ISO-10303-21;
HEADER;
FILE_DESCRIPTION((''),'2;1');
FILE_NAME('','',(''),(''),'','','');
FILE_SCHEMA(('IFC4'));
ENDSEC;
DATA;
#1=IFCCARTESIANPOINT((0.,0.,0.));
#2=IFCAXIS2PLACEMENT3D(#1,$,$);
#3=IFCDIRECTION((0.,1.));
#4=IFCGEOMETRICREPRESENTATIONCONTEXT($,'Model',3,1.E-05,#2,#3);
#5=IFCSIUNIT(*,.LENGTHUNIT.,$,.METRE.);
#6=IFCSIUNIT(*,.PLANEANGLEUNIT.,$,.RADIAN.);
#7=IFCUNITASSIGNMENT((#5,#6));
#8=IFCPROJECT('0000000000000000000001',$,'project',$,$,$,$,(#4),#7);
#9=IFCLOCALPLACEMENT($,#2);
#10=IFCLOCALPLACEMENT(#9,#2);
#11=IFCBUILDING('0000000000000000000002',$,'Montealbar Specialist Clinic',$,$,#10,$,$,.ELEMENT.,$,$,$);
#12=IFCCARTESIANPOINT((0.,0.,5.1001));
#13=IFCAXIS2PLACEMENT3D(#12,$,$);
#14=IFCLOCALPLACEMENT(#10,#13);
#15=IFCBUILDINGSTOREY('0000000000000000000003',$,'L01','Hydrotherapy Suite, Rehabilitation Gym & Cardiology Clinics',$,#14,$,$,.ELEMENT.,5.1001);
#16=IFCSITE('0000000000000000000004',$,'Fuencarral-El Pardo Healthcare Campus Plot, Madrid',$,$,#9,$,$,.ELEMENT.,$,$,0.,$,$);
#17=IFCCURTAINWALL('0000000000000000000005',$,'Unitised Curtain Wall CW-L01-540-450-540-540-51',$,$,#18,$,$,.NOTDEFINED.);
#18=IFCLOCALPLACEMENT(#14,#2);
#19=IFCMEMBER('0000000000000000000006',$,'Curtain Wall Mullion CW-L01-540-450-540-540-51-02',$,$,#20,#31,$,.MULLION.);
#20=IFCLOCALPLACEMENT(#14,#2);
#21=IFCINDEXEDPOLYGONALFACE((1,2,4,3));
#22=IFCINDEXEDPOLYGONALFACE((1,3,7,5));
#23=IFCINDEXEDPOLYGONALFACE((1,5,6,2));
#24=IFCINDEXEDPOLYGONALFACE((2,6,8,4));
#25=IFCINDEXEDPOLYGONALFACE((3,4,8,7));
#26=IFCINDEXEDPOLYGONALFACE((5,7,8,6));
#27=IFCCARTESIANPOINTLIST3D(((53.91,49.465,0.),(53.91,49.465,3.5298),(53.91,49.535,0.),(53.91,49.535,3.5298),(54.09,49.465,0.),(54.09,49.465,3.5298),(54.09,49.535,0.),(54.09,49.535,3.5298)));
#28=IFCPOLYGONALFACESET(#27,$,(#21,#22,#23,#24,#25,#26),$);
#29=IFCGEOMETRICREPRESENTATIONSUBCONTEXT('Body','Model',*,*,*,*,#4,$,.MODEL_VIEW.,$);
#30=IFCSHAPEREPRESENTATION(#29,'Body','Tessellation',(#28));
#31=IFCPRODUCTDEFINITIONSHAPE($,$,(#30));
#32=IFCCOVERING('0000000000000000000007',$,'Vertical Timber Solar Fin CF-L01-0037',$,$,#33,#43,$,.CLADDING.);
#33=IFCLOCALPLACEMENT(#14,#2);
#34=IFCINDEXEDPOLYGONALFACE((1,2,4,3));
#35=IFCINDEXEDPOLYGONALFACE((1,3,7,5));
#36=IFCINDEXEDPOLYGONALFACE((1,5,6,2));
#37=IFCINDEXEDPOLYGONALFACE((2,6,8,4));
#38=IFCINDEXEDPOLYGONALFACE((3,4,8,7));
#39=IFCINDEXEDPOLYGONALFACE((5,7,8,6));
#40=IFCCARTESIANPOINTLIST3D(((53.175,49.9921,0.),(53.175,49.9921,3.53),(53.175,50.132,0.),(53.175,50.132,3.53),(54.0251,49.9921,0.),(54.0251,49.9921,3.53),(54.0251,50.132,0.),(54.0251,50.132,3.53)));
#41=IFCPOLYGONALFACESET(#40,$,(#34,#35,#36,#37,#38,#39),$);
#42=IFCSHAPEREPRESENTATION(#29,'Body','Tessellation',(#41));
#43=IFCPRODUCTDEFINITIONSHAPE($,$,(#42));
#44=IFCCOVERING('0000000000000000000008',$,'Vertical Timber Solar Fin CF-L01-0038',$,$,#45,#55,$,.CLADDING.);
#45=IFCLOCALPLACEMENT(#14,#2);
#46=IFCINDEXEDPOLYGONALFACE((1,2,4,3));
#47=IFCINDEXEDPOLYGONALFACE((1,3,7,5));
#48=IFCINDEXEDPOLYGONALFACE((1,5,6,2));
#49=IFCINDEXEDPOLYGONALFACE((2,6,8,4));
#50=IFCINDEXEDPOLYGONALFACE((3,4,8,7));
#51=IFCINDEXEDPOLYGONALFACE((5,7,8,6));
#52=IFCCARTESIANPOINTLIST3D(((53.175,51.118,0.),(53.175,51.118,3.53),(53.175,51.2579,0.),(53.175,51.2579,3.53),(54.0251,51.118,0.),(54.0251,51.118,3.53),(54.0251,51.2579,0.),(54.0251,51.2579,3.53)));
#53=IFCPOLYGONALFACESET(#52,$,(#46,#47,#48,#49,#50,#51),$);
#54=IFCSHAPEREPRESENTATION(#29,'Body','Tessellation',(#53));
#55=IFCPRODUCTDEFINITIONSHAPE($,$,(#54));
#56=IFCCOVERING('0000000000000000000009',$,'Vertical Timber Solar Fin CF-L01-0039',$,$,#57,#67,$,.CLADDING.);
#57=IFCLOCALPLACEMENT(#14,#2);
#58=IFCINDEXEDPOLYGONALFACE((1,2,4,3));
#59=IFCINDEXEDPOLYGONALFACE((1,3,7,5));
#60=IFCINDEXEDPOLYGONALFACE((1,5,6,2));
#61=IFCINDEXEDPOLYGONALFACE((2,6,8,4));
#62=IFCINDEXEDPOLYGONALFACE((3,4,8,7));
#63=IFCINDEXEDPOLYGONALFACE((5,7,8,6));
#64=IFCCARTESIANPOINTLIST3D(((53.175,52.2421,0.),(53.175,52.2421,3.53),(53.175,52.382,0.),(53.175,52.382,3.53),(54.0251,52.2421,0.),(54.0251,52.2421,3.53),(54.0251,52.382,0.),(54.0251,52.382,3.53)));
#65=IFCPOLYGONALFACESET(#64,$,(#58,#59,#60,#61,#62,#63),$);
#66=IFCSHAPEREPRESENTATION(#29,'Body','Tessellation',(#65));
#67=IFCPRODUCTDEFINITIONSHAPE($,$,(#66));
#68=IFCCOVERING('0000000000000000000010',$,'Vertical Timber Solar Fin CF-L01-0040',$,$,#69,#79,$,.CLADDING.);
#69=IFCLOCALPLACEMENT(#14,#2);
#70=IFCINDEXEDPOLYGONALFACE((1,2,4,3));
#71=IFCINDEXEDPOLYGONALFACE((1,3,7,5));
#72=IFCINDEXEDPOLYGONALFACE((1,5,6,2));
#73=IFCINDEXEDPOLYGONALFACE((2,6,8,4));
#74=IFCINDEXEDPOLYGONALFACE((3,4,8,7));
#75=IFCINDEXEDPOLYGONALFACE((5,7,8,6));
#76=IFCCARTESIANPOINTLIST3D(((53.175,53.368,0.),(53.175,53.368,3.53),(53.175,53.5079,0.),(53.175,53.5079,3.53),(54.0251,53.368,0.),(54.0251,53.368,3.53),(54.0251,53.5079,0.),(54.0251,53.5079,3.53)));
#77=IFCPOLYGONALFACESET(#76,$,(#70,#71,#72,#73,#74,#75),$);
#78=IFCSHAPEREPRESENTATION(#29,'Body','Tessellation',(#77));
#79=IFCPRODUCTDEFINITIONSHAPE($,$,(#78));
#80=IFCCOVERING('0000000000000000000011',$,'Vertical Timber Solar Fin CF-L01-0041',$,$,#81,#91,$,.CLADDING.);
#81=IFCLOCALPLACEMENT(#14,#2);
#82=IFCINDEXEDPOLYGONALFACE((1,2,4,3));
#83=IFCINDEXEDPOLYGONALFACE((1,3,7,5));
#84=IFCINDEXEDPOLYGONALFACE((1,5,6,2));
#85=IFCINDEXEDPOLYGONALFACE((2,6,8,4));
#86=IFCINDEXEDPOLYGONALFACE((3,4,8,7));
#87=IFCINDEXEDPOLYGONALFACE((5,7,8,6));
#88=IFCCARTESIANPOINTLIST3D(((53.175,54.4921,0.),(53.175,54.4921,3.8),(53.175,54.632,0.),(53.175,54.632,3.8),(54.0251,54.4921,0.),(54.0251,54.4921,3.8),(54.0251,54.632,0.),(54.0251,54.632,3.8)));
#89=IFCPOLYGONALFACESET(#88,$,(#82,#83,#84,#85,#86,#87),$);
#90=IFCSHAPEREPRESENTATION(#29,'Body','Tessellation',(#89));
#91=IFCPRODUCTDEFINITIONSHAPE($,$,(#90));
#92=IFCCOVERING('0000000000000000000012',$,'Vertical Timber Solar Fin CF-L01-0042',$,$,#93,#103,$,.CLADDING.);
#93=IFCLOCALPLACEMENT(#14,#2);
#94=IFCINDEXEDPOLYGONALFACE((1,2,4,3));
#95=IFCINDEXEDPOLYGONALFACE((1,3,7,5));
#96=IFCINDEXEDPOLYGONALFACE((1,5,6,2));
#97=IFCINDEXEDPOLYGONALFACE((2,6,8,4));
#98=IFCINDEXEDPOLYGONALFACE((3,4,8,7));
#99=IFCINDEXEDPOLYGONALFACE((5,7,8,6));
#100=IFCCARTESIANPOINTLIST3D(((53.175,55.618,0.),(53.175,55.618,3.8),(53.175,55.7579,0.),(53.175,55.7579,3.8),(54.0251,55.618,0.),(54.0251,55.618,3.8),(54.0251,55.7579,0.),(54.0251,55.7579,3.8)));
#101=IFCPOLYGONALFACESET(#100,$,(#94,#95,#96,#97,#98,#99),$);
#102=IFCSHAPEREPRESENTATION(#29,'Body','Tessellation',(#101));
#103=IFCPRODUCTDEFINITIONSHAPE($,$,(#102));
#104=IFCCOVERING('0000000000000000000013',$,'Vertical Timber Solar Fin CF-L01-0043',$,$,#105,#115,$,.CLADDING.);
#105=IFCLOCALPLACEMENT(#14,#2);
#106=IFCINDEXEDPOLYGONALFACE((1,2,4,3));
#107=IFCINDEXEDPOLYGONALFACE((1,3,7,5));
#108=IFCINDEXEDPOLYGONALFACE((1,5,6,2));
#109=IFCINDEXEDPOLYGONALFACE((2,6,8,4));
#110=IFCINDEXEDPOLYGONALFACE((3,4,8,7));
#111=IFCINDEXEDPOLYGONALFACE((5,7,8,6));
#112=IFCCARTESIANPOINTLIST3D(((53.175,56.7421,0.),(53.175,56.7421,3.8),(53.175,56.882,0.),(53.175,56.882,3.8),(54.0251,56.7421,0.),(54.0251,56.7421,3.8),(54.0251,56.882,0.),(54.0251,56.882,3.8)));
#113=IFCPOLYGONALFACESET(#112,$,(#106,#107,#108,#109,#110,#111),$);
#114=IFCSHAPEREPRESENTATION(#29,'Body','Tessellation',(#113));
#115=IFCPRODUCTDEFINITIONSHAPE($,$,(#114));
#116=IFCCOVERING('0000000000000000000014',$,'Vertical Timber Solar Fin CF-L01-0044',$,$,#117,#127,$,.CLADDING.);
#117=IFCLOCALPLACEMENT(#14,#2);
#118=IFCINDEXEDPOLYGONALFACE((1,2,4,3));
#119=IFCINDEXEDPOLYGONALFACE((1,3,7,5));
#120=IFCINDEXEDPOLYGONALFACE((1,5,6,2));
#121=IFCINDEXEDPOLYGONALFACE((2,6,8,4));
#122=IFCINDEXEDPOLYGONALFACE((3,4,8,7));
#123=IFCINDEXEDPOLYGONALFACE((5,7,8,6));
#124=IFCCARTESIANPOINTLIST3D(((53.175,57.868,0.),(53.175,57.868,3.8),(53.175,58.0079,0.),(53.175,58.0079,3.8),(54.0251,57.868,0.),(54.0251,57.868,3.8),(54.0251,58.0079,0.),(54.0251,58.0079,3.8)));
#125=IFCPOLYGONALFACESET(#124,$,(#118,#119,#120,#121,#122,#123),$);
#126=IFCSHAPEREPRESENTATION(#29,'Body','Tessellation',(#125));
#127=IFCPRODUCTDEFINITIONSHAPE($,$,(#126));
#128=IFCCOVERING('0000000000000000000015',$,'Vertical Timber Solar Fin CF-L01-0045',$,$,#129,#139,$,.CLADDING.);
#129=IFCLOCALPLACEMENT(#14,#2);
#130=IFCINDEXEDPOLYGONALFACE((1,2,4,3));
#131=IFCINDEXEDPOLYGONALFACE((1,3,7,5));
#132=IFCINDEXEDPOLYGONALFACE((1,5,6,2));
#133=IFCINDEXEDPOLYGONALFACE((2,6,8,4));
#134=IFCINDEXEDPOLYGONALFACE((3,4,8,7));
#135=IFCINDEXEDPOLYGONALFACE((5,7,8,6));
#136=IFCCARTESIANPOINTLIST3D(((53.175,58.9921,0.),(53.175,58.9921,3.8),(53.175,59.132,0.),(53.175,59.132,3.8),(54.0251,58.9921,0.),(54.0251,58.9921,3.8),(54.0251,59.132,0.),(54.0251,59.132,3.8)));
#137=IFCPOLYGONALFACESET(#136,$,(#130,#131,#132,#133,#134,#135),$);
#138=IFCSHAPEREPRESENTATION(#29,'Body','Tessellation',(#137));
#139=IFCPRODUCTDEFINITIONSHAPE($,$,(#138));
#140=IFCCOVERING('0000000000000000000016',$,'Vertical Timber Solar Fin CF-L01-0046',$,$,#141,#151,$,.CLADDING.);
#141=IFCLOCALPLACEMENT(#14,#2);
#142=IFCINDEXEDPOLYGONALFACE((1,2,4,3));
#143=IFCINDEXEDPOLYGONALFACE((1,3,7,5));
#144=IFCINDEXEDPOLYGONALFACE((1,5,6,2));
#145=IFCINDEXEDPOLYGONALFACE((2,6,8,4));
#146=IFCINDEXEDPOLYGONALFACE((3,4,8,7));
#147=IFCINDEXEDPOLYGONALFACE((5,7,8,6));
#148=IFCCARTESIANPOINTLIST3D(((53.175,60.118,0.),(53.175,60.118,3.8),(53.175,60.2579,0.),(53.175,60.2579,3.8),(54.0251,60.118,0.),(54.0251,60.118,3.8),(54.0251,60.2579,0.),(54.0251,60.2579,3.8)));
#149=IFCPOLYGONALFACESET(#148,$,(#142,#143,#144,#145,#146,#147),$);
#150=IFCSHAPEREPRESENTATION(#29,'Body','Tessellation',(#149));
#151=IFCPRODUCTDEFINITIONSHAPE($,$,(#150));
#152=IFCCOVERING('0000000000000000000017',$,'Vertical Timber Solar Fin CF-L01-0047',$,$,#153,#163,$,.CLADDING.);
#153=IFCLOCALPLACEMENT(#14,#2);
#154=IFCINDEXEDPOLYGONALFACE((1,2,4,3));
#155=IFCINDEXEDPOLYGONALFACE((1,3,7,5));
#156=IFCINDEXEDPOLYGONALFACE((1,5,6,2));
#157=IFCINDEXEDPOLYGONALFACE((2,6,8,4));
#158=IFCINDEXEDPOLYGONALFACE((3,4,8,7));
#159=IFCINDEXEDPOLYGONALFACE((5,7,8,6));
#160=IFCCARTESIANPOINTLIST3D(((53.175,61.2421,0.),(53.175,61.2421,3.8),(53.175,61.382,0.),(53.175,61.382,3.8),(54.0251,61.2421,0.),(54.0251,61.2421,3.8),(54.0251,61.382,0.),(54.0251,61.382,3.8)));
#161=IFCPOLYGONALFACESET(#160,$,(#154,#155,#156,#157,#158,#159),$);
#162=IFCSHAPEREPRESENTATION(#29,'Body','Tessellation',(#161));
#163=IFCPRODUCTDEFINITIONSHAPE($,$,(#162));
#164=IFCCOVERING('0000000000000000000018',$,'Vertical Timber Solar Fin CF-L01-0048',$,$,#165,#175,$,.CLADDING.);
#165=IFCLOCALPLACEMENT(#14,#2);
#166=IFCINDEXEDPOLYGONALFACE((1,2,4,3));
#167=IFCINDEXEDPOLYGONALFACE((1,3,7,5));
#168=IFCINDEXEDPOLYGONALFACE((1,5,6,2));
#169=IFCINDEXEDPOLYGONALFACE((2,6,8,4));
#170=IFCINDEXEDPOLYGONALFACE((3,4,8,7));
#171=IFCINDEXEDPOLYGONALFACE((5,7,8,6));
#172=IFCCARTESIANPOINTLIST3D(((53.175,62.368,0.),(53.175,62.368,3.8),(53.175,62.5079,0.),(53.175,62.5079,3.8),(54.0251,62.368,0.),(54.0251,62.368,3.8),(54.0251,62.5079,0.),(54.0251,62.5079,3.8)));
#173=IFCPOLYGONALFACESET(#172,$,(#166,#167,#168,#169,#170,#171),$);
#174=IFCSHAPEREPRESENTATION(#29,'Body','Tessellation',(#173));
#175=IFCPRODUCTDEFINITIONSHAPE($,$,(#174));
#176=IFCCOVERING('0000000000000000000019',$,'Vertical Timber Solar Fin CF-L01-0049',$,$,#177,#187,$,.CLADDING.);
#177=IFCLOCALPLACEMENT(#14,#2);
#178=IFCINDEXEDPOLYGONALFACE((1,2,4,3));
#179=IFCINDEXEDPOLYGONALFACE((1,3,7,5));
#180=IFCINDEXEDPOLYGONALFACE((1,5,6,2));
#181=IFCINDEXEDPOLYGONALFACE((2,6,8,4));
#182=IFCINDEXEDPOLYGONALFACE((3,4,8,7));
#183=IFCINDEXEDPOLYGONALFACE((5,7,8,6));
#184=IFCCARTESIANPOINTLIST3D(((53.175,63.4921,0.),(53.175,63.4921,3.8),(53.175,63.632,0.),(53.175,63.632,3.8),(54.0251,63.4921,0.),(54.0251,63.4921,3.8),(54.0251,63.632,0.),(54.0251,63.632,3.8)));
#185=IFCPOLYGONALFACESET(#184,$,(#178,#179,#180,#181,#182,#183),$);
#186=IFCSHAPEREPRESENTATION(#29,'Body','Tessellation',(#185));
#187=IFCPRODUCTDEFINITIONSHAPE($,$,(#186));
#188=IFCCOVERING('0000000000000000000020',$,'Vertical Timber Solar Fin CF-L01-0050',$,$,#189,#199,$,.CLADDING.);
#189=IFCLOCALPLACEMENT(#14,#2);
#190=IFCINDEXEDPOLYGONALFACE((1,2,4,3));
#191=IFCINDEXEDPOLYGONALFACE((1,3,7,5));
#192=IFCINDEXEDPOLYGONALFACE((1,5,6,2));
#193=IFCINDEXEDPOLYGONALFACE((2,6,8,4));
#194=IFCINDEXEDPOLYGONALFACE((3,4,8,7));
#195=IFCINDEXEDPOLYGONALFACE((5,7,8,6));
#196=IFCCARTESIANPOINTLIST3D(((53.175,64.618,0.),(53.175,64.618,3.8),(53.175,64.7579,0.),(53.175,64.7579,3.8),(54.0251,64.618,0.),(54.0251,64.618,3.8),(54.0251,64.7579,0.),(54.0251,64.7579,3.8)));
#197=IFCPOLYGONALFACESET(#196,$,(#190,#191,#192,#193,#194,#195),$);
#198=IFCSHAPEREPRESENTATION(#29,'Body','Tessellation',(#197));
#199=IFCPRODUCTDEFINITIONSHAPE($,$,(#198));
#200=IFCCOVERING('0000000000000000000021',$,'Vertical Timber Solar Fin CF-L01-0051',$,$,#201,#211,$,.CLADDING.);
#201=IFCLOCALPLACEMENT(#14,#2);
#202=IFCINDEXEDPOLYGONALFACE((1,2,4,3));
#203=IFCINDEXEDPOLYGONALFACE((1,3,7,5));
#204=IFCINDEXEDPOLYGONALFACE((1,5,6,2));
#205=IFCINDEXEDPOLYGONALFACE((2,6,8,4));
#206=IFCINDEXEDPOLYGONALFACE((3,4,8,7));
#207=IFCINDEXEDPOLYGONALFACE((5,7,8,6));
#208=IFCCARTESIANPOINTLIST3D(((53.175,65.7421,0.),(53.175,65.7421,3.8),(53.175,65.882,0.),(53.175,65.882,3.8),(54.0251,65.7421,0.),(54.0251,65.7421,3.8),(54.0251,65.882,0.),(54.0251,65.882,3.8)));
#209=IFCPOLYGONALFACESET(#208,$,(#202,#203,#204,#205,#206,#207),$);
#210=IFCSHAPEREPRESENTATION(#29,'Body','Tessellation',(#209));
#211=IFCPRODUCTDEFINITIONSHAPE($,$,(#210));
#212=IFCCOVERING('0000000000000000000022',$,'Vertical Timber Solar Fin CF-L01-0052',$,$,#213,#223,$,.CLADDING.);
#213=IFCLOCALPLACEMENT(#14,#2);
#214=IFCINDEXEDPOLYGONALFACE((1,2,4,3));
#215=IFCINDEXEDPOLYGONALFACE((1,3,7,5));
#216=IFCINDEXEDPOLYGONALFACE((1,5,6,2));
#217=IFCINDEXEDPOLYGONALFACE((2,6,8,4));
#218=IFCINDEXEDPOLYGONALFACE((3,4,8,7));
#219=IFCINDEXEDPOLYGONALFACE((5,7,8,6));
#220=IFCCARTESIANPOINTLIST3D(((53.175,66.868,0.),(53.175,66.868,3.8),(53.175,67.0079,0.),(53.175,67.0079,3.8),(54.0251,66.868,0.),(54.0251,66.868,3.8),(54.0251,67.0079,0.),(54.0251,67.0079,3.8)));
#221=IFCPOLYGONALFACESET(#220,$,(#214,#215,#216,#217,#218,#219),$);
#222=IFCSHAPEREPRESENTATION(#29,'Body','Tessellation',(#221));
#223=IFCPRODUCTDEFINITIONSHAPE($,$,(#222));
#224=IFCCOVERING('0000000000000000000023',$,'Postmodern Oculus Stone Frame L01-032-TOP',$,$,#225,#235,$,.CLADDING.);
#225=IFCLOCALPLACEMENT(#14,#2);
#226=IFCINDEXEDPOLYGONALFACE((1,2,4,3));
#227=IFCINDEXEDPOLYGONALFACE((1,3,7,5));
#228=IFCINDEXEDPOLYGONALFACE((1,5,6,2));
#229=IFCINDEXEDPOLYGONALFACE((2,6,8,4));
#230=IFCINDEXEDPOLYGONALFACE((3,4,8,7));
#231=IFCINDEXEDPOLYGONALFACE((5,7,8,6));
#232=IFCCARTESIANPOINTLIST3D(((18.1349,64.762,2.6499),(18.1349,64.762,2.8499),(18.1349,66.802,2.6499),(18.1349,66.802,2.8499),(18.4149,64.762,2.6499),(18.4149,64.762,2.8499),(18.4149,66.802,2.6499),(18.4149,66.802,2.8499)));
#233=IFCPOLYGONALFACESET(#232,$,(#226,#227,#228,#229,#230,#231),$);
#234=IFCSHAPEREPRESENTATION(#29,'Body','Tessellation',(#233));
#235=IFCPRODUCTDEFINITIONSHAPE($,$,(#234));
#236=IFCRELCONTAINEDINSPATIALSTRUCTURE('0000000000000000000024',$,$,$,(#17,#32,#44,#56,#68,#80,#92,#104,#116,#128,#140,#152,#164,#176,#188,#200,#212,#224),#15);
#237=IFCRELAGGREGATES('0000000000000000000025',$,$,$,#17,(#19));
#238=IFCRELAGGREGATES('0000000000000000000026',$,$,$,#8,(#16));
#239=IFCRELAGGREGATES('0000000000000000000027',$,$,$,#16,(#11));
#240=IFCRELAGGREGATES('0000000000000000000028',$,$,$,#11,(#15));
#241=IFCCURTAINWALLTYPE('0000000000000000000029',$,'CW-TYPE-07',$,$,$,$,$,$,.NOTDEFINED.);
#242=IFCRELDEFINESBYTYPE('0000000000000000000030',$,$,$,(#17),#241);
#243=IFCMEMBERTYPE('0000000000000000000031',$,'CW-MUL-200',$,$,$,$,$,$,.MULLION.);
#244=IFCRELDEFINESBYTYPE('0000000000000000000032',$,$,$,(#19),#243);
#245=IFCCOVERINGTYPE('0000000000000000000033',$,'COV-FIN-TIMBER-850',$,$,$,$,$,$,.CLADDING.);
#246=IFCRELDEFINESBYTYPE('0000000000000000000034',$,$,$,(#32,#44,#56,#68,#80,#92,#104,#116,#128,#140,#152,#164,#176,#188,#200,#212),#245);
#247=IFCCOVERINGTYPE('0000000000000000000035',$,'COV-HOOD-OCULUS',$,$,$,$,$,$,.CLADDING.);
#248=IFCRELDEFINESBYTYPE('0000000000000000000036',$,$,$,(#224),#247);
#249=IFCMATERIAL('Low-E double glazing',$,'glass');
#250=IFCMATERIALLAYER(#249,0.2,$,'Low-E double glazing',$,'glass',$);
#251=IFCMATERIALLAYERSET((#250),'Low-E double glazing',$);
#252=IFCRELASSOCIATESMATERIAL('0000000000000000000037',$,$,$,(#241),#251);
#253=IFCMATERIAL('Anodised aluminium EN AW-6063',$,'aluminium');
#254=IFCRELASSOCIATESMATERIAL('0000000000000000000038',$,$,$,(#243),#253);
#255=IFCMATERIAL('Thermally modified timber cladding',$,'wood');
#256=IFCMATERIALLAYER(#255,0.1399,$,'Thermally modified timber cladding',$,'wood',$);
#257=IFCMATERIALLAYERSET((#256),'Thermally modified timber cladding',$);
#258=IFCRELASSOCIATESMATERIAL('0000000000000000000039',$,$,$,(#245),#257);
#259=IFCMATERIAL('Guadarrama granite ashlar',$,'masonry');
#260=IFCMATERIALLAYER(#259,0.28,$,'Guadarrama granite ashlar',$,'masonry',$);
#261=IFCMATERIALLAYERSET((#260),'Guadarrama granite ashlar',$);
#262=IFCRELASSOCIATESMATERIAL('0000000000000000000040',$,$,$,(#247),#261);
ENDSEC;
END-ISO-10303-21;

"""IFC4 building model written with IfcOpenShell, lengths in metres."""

from ifc_helpers import new_model, si_unit, direction, frame, origin, origin_2d, place, context, subcontext, project, spatial, rectangle, extrude, material, layer, layer_set, material_profile, profile_set, type_object, element, aggregate, save


model = new_model("IFC4")

# Units and contexts
model_context = context("Model", 3, precision=1e-05, world=origin(), true_north=direction((0.0, 1.0)))
body_context = subcontext(model_context, "Body", "Model", "MODEL_VIEW")
ifc_project = project(units=[si_unit("LENGTHUNIT", "METRE"), si_unit("PLANEANGLEUNIT", "RADIAN")], contexts=[model_context])

# Site, building, storey
site_placement = place(None, origin())
site = spatial("IfcSite", under=ifc_project, at=site_placement, Name="Fuencarral-El Pardo Healthcare Campus Plot, Madrid", CompositionType="ELEMENT", RefElevation=0.0)
building_placement = place(site_placement, origin())
building = spatial("IfcBuilding", under=site, at=building_placement, Name="Montealbar Specialist Clinic", CompositionType="ELEMENT")
storey_placement = place(building_placement, frame((0.0, 0.0, 5.1001)))
storey = spatial("IfcBuildingStorey", under=building, at=storey_placement, Name="L01", Description="Hydrotherapy Suite, Rehabilitation Gym & Cardiology Clinics", CompositionType="ELEMENT", Elevation=5.1001)

# Curtain wall, member
ifc_material_1 = material(Name="Low-E double glazing", Category="glass")
ifc_layer_1 = layer(ifc_material_1, 0.2, Name="Low-E double glazing", Category="glass")
ifc_layer_set_1 = layer_set([ifc_layer_1], Name="Low-E double glazing")
curtain_wall_type = type_object("IfcCurtainWallType", Name="CW-TYPE-07", PredefinedType="NOTDEFINED", material=ifc_layer_set_1)
curtain_wall_placement = place(storey_placement, origin())
curtain_wall = element("IfcCurtainWall", 1, at=curtain_wall_placement, inside=storey, type_object=curtain_wall_type, Name="Unitised Curtain Wall CW-L01-540-450-540-540-51", PredefinedType="NOTDEFINED")
ifc_material_2 = material(Name="Anodised aluminium EN AW-6063", Category="aluminium")
ifc_material_profile = material_profile(ifc_material_2, rectangle(XDim=0.0701, YDim=0.1799, at=origin_2d()), Name="ALU 70x180", Category="aluminium")
ifc_profile_set = profile_set([ifc_material_profile], Name="Anodised aluminium EN AW-6063")
member_type = type_object("IfcMemberType", Name="CW-MUL-200", PredefinedType="MULLION", material=ifc_profile_set)
member_placement = place(storey_placement, frame((54.0, 49.5, 0.0), z_axis=(0.0, 0.0, 1.0), x_axis=(0.0, 1.0, 0.0)))
member = element("IfcMember", 2, at=member_placement, type_object=member_type, Name="Curtain Wall Mullion CW-L01-540-450-540-540-51-02", PredefinedType="MULLION", context=body_context, shape_type="SweptSolid", body=[
    extrude(rectangle(XDim=0.0701, YDim=0.1799, at=origin_2d()), origin(), (0.0, 0.0, 1.0), 3.5298),
])
aggregate(curtain_wall, [member])

# Coverings
ifc_material_3 = material(Name="Thermally modified timber cladding", Category="wood")
ifc_layer_2 = layer(ifc_material_3, 0.1399, Name="Thermally modified timber cladding", Category="wood")
ifc_layer_set_2 = layer_set([ifc_layer_2], Name="Thermally modified timber cladding")
covering_type_1 = type_object("IfcCoveringType", Name="COV-FIN-TIMBER-850", PredefinedType="CLADDING", material=ifc_layer_set_2)
for number, where, z_axis, x_axis, name in (
    (3, (53.6001, 50.062, 0.0), (0.0, 0.0, 1.0), (-1.0, 0.0, 0.0), "Vertical Timber Solar Fin CF-L01-0037"),
    (4, (53.6001, 51.188, 0.0), (0.0, 0.0, 1.0), (-1.0, 0.0, 0.0), "Vertical Timber Solar Fin CF-L01-0038"),
    (5, (53.6001, 52.312, 0.0), (0.0, 0.0, 1.0), (-1.0, 0.0, 0.0), "Vertical Timber Solar Fin CF-L01-0039"),
    (6, (53.6001, 53.438, 0.0), (0.0, 0.0, 1.0), (-1.0, 0.0, 0.0), "Vertical Timber Solar Fin CF-L01-0040"),
):
    element("IfcCovering", number, at=place(storey_placement, frame(where, z_axis=z_axis, x_axis=x_axis)), inside=storey, type_object=covering_type_1, Name=name, PredefinedType="CLADDING", context=body_context, shape_type="SweptSolid", body=[
        extrude(rectangle(XDim=0.8501, YDim=0.1399, at=origin_2d()), origin(), (0.0, 0.0, 1.0), 3.53),
    ])
for number, where, z_axis, x_axis, name in (
    (7, (53.6001, 54.562, 0.0), (0.0, 0.0, 1.0), (-1.0, 0.0, 0.0), "Vertical Timber Solar Fin CF-L01-0041"),
    (8, (53.6001, 55.688, 0.0), (0.0, 0.0, 1.0), (-1.0, 0.0, 0.0), "Vertical Timber Solar Fin CF-L01-0042"),
    (9, (53.6001, 56.812, 0.0), (0.0, 0.0, 1.0), (-1.0, 0.0, 0.0), "Vertical Timber Solar Fin CF-L01-0043"),
    (10, (53.6001, 57.938, 0.0), (0.0, 0.0, 1.0), (-1.0, 0.0, 0.0), "Vertical Timber Solar Fin CF-L01-0044"),
    (11, (53.6001, 59.062, 0.0), (0.0, 0.0, 1.0), (-1.0, 0.0, 0.0), "Vertical Timber Solar Fin CF-L01-0045"),
    (12, (53.6001, 60.188, 0.0), (0.0, 0.0, 1.0), (-1.0, 0.0, 0.0), "Vertical Timber Solar Fin CF-L01-0046"),
    (13, (53.6001, 61.312, 0.0), (0.0, 0.0, 1.0), (-1.0, 0.0, 0.0), "Vertical Timber Solar Fin CF-L01-0047"),
    (14, (53.6001, 62.438, 0.0), (0.0, 0.0, 1.0), (-1.0, 0.0, 0.0), "Vertical Timber Solar Fin CF-L01-0048"),
    (15, (53.6001, 63.562, 0.0), (0.0, 0.0, 1.0), (-1.0, 0.0, 0.0), "Vertical Timber Solar Fin CF-L01-0049"),
    (16, (53.6001, 64.688, 0.0), (0.0, 0.0, 1.0), (-1.0, 0.0, 0.0), "Vertical Timber Solar Fin CF-L01-0050"),
    (17, (53.6001, 65.812, 0.0), (0.0, 0.0, 1.0), (-1.0, 0.0, 0.0), "Vertical Timber Solar Fin CF-L01-0051"),
    (18, (53.6001, 66.938, 0.0), (0.0, 0.0, 1.0), (-1.0, 0.0, 0.0), "Vertical Timber Solar Fin CF-L01-0052"),
):
    element("IfcCovering", number, at=place(storey_placement, frame(where, z_axis=z_axis, x_axis=x_axis)), inside=storey, type_object=covering_type_1, Name=name, PredefinedType="CLADDING", context=body_context, shape_type="SweptSolid", body=[
        extrude(rectangle(XDim=0.8501, YDim=0.1399, at=origin_2d()), origin(), (0.0, 0.0, 1.0), 3.8),
    ])
ifc_material_4 = material(Name="Guadarrama granite ashlar", Category="masonry")
ifc_layer_3 = layer(ifc_material_4, 0.28, Name="Guadarrama granite ashlar", Category="masonry")
ifc_layer_set_3 = layer_set([ifc_layer_3], Name="Guadarrama granite ashlar")
covering_type_2 = type_object("IfcCoveringType", Name="COV-HOOD-OCULUS", PredefinedType="CLADDING", material=ifc_layer_set_3)
for number, where, z_axis, x_axis, name in (
    (19, (18.2749, 65.782, 2.6499), (0.0, 0.0, 1.0), (0.0, -1.0, 0.0), "Postmodern Oculus Stone Frame L01-032-TOP"),
):
    element("IfcCovering", number, at=place(storey_placement, frame(where, z_axis=z_axis, x_axis=x_axis)), inside=storey, type_object=covering_type_2, Name=name, PredefinedType="CLADDING", context=body_context, shape_type="SweptSolid", body=[
        extrude(rectangle(XDim=2.04, YDim=0.28, at=origin_2d()), origin(), (0.0, 0.0, 1.0), 0.2),
    ])

save(model, "model.ifc")
